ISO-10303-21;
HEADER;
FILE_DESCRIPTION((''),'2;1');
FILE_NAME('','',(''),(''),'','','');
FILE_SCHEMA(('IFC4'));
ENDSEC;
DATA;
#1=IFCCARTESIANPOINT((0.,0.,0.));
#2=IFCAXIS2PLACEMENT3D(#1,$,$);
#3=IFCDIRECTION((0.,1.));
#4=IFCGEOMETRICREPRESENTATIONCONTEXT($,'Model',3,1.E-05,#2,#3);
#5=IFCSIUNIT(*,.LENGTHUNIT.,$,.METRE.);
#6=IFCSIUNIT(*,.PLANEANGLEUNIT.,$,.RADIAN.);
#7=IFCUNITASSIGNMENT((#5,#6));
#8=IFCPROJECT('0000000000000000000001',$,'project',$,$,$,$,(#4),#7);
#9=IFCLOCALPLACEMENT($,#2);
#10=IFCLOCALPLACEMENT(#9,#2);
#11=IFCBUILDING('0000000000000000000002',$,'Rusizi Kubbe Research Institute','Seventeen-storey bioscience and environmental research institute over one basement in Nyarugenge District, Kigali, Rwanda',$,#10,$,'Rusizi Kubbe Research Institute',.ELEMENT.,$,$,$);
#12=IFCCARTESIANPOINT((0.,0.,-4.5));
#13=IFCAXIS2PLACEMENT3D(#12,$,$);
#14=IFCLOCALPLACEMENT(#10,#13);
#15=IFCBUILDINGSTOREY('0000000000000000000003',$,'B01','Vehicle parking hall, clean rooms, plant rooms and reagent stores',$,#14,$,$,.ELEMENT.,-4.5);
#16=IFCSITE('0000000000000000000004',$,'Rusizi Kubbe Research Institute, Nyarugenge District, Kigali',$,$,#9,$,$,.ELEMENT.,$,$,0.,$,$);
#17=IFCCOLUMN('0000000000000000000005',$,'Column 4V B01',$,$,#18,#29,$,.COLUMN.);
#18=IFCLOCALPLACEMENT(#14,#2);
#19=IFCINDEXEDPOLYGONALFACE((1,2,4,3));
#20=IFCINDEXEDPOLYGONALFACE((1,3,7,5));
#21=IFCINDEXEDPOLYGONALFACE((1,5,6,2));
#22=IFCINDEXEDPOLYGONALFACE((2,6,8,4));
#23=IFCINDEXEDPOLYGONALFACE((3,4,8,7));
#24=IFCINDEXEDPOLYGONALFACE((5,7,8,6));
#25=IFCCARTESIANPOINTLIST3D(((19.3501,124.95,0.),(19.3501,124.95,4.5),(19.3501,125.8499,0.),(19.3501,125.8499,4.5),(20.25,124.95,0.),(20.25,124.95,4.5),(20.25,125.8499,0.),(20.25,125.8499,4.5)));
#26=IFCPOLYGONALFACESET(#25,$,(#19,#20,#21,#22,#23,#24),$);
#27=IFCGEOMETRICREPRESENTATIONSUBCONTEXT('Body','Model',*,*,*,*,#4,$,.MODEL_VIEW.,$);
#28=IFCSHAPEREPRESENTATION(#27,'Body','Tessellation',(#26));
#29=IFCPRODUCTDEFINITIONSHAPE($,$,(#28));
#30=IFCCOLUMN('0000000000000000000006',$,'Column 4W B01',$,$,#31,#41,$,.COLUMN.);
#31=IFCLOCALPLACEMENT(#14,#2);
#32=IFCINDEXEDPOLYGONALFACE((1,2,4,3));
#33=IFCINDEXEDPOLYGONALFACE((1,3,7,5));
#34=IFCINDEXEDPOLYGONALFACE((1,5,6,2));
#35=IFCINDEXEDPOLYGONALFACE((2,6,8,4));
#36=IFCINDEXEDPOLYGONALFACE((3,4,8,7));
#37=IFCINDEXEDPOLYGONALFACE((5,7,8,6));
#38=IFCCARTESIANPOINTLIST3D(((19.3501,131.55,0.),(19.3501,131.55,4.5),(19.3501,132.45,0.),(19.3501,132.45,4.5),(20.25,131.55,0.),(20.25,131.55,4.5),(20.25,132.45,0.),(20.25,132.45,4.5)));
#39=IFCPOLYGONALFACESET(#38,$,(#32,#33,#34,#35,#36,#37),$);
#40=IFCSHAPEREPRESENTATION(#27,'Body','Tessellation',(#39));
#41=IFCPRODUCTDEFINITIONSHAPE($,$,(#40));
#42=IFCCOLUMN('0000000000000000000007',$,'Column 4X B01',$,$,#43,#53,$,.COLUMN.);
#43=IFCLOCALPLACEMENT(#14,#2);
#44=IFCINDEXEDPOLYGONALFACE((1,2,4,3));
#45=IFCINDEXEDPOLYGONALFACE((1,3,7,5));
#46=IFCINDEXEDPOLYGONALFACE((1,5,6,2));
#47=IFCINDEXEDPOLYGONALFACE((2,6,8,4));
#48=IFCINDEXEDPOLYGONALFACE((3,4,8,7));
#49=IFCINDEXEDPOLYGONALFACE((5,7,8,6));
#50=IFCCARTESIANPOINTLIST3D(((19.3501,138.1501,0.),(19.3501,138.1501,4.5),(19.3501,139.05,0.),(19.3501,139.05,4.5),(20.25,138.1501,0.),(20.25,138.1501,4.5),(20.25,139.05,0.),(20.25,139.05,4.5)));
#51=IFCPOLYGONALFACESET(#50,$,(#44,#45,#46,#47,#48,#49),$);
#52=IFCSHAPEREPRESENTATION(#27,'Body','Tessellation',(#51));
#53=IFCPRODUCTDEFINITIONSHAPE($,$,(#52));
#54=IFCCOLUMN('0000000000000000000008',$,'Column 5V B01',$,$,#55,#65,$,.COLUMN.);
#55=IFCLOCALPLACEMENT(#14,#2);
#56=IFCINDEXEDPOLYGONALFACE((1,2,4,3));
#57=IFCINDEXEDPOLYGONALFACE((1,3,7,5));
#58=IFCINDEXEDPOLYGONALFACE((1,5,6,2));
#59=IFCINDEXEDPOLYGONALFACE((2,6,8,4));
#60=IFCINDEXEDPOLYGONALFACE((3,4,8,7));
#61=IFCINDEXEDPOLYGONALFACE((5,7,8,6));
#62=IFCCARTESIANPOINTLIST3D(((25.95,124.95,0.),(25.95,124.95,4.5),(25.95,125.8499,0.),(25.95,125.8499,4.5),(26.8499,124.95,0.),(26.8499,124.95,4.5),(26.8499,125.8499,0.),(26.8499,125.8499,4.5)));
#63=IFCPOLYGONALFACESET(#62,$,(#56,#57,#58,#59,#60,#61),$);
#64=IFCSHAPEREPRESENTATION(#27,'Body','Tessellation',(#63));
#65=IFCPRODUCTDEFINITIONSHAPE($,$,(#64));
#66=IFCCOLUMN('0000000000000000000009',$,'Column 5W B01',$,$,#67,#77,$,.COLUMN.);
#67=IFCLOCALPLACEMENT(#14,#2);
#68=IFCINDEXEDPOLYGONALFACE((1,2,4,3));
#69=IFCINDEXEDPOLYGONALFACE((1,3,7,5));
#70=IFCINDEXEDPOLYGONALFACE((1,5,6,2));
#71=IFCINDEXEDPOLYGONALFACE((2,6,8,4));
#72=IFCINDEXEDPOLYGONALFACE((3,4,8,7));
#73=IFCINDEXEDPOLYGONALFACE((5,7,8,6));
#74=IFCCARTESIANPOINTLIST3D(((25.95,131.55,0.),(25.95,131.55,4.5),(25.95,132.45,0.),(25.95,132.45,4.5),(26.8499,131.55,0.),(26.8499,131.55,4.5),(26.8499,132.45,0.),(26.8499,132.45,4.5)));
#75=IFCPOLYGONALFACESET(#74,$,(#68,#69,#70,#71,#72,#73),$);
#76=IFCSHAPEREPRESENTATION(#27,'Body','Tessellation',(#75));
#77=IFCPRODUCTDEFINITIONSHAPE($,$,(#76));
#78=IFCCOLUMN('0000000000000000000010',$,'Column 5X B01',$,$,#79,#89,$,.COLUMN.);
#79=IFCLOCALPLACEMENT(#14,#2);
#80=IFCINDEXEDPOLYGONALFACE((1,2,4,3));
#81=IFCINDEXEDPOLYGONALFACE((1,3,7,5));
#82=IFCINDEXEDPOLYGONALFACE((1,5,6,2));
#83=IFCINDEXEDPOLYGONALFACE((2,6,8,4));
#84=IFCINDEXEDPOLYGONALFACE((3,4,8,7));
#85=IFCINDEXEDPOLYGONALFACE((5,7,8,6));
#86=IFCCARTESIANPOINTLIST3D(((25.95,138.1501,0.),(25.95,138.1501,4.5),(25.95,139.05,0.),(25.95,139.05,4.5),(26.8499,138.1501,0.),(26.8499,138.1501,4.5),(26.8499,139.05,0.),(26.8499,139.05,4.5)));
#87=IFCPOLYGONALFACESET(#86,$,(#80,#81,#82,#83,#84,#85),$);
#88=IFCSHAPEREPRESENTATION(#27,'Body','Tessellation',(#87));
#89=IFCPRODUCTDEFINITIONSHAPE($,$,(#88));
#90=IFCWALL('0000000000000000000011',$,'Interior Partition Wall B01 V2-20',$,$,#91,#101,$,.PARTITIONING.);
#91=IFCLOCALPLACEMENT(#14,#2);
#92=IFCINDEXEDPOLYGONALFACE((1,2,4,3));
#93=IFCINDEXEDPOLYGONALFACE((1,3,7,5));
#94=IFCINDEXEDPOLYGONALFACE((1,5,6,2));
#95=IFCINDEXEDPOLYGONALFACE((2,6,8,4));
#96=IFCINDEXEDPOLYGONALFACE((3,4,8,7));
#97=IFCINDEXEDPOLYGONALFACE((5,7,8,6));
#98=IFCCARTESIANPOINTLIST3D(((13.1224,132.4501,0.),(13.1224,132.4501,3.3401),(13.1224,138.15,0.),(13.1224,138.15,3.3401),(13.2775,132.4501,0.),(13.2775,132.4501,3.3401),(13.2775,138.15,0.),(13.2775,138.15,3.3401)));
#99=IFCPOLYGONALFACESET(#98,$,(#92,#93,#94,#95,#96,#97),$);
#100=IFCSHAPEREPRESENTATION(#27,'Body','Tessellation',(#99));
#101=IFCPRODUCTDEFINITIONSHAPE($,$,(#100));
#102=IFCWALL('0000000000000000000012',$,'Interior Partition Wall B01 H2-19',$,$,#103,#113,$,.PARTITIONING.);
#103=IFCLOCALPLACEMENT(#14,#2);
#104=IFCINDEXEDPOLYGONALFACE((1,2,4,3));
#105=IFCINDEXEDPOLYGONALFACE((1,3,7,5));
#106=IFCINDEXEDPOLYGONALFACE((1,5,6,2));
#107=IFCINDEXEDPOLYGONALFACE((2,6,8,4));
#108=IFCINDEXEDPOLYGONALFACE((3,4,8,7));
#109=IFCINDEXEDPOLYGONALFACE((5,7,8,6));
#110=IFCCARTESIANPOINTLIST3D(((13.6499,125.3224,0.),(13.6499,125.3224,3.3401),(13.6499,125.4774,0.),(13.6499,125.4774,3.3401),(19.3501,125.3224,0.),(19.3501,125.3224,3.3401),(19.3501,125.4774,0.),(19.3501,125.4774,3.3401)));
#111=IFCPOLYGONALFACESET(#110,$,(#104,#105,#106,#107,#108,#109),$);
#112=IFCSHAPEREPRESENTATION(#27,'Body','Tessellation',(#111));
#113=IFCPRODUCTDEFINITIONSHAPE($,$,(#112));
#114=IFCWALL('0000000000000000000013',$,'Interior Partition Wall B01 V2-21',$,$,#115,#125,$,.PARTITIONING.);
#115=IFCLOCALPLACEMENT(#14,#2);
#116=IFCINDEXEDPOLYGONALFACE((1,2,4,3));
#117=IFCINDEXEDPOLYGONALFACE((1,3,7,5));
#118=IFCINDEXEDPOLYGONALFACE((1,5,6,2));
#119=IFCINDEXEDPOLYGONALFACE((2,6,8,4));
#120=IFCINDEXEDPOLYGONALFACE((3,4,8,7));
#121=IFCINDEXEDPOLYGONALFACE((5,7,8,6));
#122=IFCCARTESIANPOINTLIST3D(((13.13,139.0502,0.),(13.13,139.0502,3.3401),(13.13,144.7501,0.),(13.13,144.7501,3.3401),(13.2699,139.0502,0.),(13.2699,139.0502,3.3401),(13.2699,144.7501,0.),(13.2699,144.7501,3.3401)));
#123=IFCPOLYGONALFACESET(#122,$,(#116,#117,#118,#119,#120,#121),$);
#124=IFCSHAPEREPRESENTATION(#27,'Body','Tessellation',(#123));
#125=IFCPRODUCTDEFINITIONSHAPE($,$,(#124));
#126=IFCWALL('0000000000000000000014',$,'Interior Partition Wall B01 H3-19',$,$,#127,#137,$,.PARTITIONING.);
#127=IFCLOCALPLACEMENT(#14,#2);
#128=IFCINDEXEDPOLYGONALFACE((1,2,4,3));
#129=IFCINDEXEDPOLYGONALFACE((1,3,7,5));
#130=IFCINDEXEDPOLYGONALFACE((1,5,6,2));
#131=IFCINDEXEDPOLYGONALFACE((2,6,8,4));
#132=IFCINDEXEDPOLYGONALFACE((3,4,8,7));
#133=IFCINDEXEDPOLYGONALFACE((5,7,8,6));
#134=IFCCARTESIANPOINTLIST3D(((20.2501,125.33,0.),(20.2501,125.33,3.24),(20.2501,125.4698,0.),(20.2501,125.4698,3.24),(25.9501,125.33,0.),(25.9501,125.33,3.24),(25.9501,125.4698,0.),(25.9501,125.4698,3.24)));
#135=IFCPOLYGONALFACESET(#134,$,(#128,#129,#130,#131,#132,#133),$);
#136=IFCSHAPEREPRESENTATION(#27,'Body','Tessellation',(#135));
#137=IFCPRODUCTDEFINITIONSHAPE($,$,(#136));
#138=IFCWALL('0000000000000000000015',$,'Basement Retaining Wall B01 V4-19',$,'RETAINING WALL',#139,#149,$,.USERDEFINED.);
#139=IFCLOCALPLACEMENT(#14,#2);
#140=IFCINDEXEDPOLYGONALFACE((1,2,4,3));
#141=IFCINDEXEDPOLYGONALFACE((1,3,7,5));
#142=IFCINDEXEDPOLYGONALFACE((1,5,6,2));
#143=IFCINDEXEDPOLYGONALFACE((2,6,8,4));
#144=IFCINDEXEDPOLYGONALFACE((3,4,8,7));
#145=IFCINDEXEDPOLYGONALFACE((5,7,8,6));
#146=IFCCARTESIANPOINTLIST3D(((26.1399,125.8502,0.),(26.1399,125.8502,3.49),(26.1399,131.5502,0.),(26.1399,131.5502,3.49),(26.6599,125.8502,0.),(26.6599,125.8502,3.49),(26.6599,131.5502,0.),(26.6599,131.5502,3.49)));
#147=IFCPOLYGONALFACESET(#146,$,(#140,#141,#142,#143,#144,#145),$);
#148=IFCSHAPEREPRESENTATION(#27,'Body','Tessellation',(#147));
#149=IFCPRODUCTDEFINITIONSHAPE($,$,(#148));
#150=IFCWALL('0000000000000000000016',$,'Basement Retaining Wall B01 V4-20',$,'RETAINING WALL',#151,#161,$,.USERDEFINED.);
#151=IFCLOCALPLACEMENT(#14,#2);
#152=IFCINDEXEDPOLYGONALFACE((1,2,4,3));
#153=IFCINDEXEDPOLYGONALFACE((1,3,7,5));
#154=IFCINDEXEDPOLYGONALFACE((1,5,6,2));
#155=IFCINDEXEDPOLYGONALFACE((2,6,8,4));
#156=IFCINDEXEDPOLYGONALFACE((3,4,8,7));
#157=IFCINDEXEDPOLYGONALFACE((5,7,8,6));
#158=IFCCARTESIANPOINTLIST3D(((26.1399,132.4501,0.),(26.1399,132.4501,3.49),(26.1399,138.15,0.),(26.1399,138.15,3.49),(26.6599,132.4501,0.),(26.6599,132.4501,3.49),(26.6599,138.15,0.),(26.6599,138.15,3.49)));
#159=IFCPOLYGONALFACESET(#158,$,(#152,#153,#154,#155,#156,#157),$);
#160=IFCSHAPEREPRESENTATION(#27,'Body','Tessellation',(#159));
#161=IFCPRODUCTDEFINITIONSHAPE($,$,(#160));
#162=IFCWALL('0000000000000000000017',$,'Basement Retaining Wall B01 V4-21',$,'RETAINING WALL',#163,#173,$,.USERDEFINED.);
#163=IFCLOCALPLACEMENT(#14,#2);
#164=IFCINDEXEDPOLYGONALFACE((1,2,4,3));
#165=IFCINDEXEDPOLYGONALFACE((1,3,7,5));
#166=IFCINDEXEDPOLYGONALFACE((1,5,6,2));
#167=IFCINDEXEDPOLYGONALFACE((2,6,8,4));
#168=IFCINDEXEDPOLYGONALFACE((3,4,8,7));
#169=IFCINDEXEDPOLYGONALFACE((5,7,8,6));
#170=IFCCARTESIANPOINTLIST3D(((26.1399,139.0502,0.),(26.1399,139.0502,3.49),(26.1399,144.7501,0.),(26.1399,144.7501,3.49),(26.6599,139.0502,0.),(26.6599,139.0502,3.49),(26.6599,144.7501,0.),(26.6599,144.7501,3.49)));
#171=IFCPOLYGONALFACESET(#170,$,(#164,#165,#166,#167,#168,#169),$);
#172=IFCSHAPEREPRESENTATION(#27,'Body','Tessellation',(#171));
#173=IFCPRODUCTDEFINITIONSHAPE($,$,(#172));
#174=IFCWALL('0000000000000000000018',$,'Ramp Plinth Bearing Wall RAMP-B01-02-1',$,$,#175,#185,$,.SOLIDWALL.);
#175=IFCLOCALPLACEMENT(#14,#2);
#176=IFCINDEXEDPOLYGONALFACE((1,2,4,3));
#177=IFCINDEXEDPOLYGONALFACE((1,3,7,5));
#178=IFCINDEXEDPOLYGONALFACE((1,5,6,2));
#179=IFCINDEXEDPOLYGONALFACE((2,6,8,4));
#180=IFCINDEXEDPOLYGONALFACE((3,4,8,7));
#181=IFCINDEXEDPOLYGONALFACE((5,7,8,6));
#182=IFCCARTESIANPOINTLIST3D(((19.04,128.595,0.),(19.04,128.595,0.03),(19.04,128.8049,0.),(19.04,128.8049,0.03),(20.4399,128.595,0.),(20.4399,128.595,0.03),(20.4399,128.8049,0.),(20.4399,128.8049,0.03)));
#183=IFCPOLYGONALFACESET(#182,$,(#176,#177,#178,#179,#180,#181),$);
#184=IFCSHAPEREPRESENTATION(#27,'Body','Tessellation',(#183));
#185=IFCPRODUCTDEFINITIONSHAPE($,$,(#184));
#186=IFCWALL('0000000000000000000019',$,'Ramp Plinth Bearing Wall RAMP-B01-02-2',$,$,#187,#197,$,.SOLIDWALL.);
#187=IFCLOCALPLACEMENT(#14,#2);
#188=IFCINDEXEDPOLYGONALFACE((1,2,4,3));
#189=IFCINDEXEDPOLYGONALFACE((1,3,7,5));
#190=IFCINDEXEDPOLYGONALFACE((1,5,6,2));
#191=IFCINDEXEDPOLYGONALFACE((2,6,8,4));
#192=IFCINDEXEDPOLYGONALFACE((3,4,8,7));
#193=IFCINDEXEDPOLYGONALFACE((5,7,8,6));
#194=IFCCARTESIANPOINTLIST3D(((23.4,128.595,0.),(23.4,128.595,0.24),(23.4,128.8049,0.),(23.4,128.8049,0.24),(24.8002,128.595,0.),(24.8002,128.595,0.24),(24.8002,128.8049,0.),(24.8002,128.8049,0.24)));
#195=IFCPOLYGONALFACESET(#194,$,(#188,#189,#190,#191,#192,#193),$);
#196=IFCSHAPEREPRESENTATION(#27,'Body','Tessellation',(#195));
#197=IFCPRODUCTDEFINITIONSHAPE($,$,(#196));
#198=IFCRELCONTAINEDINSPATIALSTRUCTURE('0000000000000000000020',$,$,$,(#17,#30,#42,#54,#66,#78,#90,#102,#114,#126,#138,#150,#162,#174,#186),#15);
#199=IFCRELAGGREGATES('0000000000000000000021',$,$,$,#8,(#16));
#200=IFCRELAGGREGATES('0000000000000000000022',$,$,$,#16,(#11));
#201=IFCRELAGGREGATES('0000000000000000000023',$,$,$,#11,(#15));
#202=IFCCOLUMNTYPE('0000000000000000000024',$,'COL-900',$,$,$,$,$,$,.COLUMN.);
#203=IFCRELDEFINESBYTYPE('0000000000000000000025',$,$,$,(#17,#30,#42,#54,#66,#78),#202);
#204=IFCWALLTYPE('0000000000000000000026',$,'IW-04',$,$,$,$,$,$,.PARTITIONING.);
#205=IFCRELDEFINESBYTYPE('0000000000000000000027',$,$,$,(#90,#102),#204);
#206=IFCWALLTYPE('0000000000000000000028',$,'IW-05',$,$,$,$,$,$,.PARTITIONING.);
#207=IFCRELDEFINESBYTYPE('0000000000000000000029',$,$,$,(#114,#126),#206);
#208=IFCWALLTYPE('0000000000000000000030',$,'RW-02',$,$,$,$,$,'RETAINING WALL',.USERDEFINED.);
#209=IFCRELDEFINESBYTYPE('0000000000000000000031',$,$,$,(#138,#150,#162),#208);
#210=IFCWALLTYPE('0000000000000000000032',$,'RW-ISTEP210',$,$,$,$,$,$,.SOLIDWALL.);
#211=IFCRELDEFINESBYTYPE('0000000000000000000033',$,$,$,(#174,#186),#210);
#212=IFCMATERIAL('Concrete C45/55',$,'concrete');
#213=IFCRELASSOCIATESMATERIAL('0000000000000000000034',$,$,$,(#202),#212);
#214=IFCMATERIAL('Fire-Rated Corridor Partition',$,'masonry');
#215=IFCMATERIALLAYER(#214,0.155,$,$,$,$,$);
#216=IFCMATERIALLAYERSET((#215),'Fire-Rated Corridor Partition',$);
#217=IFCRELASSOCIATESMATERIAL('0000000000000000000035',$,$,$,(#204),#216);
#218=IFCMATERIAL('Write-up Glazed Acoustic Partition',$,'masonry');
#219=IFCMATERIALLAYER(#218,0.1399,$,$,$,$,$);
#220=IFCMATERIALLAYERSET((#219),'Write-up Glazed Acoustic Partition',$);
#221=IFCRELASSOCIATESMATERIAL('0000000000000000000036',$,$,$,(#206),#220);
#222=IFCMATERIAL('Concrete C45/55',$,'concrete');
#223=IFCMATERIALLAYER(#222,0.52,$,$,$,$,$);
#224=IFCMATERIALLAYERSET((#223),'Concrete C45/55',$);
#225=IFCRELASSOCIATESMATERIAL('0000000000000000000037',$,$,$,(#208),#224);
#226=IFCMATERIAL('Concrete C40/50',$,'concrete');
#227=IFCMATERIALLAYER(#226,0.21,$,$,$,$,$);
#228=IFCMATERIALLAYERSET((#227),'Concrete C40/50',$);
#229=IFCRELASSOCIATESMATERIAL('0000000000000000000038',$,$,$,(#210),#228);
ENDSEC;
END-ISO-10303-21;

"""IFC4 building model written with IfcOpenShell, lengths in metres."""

from ifc_helpers import new_model, si_unit, direction, frame, frame_2d, origin, origin_2d, place, context, subcontext, project, spatial, rectangle, extrude, material, layer, layer_set, material_profile, profile_set, type_object, element, save


model = new_model("IFC4")

# Units and contexts
model_context = context("Model", 3, precision=1e-05, world=origin(), true_north=direction((0.0, 1.0)))
body_context = subcontext(model_context, "Body", "Model", "MODEL_VIEW")
ifc_project = project(units=[si_unit("LENGTHUNIT", "METRE"), si_unit("PLANEANGLEUNIT", "RADIAN")], contexts=[model_context])

# Site, building, storey
site_placement = place(None, origin())
site = spatial("IfcSite", under=ifc_project, at=site_placement, Name="Rusizi Kubbe Research Institute, Nyarugenge District, Kigali", CompositionType="ELEMENT", RefElevation=0.0)
building_placement = place(site_placement, origin())
building = spatial("IfcBuilding", under=site, at=building_placement, Name="Rusizi Kubbe Research Institute", Description="Seventeen-storey bioscience and environmental research institute over one basement in Nyarugenge District, Kigali, Rwanda", LongName="Rusizi Kubbe Research Institute", CompositionType="ELEMENT")
storey_placement = place(building_placement, frame((0.0, 0.0, -4.5)))
storey = spatial("IfcBuildingStorey", under=building, at=storey_placement, Name="B01", Description="Vehicle parking hall, clean rooms, plant rooms and reagent stores", CompositionType="ELEMENT", Elevation=-4.5)

# Columns
ifc_material_1 = material(Name="Concrete C45/55", Category="concrete")
ifc_material_profile_1 = material_profile(ifc_material_1, rectangle(XDim=0.8999, YDim=0.8999, at=origin_2d()), Name="RC900x900")
ifc_profile_set_1 = profile_set([ifc_material_profile_1], Name="Concrete C45/55")
column_type = type_object("IfcColumnType", Name="COL-900", PredefinedType="COLUMN", material=ifc_profile_set_1)
for number, where, z_axis, x_axis, name in (
    (1, (19.8, 125.3999, 0.0), (0.0, 0.0, 1.0), (1.0, 0.0, 0.0), "Column 4V B01"),
    (2, (19.8, 132.0, 0.0), (0.0, 0.0, 1.0), (1.0, 0.0, 0.0), "Column 4W B01"),
    (3, (19.8, 138.6001, 0.0), (0.0, 0.0, 1.0), (1.0, 0.0, 0.0), "Column 4X B01"),
    (4, (26.3999, 125.3999, 0.0), (0.0, 0.0, 1.0), (1.0, 0.0, 0.0), "Column 5V B01"),
    (5, (26.3999, 132.0, 0.0), (0.0, 0.0, 1.0), (1.0, 0.0, 0.0), "Column 5W B01"),
    (6, (26.3999, 138.6001, 0.0), (0.0, 0.0, 1.0), (1.0, 0.0, 0.0), "Column 5X B01"),
):
    element("IfcColumn", number, at=place(storey_placement, frame(where, z_axis=z_axis, x_axis=x_axis)), inside=storey, type_object=column_type, Name=name, PredefinedType="COLUMN", context=body_context, shape_type="SweptSolid", body=[
        extrude(rectangle(XDim=0.8999, YDim=0.8999, at=origin_2d()), origin(), (0.0, 0.0, 1.0), 4.5),
    ])

# Walls
ifc_material_2 = material(Name="Fire-Rated Corridor Partition", Category="masonry")
ifc_layer_1 = layer(ifc_material_2, 0.155)
ifc_layer_set_1 = layer_set([ifc_layer_1], Name="Fire-Rated Corridor Partition")
wall_type_1 = type_object("IfcWallType", Name="IW-04", PredefinedType="PARTITIONING", material=ifc_layer_set_1)
wall_1_placement = place(storey_placement, frame((13.2, 132.45, 0.0), z_axis=(0.0, 0.0, 1.0), x_axis=(0.0, 1.0, 0.0)))
element("IfcWall", 7, at=wall_1_placement, inside=storey, type_object=wall_type_1, Name="Interior Partition Wall B01 V2-20", PredefinedType="PARTITIONING", context=body_context, shape_type="SweptSolid", body=[
    extrude(rectangle(XDim=5.7, YDim=0.155, at=frame_2d((2.8501, 0.0))), origin(), (0.0, 0.0, 1.0), 3.3401),
])
wall_2_placement = place(storey_placement, frame((13.6499, 125.3999, 0.0), z_axis=(0.0, 0.0, 1.0), x_axis=(1.0, 0.0, 0.0)))
element("IfcWall", 8, at=wall_2_placement, inside=storey, type_object=wall_type_1, Name="Interior Partition Wall B01 H2-19", PredefinedType="PARTITIONING", context=body_context, shape_type="SweptSolid", body=[
    extrude(rectangle(XDim=5.7002, YDim=0.155, at=frame_2d((2.8501, 0.0))), origin(), (0.0, 0.0, 1.0), 3.3401),
])
ifc_material_3 = material(Name="Write-up Glazed Acoustic Partition", Category="masonry")
ifc_layer_2 = layer(ifc_material_3, 0.1399)
ifc_layer_set_2 = layer_set([ifc_layer_2], Name="Write-up Glazed Acoustic Partition")
wall_type_2 = type_object("IfcWallType", Name="IW-05", PredefinedType="PARTITIONING", material=ifc_layer_set_2)
wall_3_placement = place(storey_placement, frame((13.2, 139.05, 0.0), z_axis=(0.0, 0.0, 1.0), x_axis=(0.0, 1.0, 0.0)))
element("IfcWall", 9, at=wall_3_placement, inside=storey, type_object=wall_type_2, Name="Interior Partition Wall B01 V2-21", PredefinedType="PARTITIONING", context=body_context, shape_type="SweptSolid", body=[
    extrude(rectangle(XDim=5.7, YDim=0.1399, at=frame_2d((2.8501, 0.0))), origin(), (0.0, 0.0, 1.0), 3.3401),
])
wall_4_placement = place(storey_placement, frame((20.25, 125.3999, 0.0), z_axis=(0.0, 0.0, 1.0), x_axis=(1.0, 0.0, 0.0)))
element("IfcWall", 10, at=wall_4_placement, inside=storey, type_object=wall_type_2, Name="Interior Partition Wall B01 H3-19", PredefinedType="PARTITIONING", context=body_context, shape_type="SweptSolid", body=[
    extrude(rectangle(XDim=5.7, YDim=0.1399, at=frame_2d((2.8501, 0.0))), origin(), (0.0, 0.0, 1.0), 3.24),
])
ifc_material_4 = material(Name="Concrete C45/55", Category="concrete")
ifc_layer_3 = layer(ifc_material_4, 0.52)
ifc_layer_set_3 = layer_set([ifc_layer_3], Name="Concrete C45/55")
wall_type_3 = type_object("IfcWallType", Name="RW-02", ElementType="RETAINING WALL", PredefinedType="USERDEFINED", material=ifc_layer_set_3)
for number, where, z_axis, x_axis, name in (
    (11, (26.3999, 125.8501, 0.0), (0.0, 0.0, 1.0), (0.0, 1.0, 0.0), "Basement Retaining Wall B01 V4-19"),
    (12, (26.3999, 132.45, 0.0), (0.0, 0.0, 1.0), (0.0, 1.0, 0.0), "Basement Retaining Wall B01 V4-20"),
    (13, (26.3999, 139.05, 0.0), (0.0, 0.0, 1.0), (0.0, 1.0, 0.0), "Basement Retaining Wall B01 V4-21"),
):
    element("IfcWall", number, at=place(storey_placement, frame(where, z_axis=z_axis, x_axis=x_axis)), inside=storey, type_object=wall_type_3, Name=name, ObjectType="RETAINING WALL", PredefinedType="USERDEFINED", context=body_context, shape_type="SweptSolid", body=[
        extrude(rectangle(XDim=5.7, YDim=0.52, at=frame_2d((2.8501, 0.0))), origin(), (0.0, 0.0, 1.0), 3.49),
    ])
ifc_material_5 = material(Name="Concrete C40/50", Category="concrete")
ifc_layer_4 = layer(ifc_material_5, 0.21)
ifc_layer_set_4 = layer_set([ifc_layer_4], Name="Concrete C40/50")
wall_type_4 = type_object("IfcWallType", Name="RW-ISTEP210", PredefinedType="SOLIDWALL", material=ifc_layer_set_4)
wall_5_placement = place(storey_placement, frame((19.04, 128.7, 0.0), z_axis=(0.0, 0.0, 1.0), x_axis=(1.0, 0.0, 0.0)))
element("IfcWall", 14, at=wall_5_placement, inside=storey, type_object=wall_type_4, Name="Ramp Plinth Bearing Wall RAMP-B01-02-1", PredefinedType="SOLIDWALL", context=body_context, shape_type="SweptSolid", body=[
    extrude(rectangle(XDim=1.3999, YDim=0.21, at=frame_2d((0.7, 0.0))), origin(), (0.0, 0.0, 1.0), 0.03),
])
wall_6_placement = place(storey_placement, frame((23.3999, 128.7, 0.0), z_axis=(0.0, 0.0, 1.0), x_axis=(1.0, 0.0, 0.0)))
element("IfcWall", 15, at=wall_6_placement, inside=storey, type_object=wall_type_4, Name="Ramp Plinth Bearing Wall RAMP-B01-02-2", PredefinedType="SOLIDWALL", context=body_context, shape_type="SweptSolid", body=[
    extrude(rectangle(XDim=1.4001, YDim=0.21, at=frame_2d((0.7002, 0.0))), origin(), (0.0, 0.0, 1.0), 0.24),
])

save(model, "model.ifc")
